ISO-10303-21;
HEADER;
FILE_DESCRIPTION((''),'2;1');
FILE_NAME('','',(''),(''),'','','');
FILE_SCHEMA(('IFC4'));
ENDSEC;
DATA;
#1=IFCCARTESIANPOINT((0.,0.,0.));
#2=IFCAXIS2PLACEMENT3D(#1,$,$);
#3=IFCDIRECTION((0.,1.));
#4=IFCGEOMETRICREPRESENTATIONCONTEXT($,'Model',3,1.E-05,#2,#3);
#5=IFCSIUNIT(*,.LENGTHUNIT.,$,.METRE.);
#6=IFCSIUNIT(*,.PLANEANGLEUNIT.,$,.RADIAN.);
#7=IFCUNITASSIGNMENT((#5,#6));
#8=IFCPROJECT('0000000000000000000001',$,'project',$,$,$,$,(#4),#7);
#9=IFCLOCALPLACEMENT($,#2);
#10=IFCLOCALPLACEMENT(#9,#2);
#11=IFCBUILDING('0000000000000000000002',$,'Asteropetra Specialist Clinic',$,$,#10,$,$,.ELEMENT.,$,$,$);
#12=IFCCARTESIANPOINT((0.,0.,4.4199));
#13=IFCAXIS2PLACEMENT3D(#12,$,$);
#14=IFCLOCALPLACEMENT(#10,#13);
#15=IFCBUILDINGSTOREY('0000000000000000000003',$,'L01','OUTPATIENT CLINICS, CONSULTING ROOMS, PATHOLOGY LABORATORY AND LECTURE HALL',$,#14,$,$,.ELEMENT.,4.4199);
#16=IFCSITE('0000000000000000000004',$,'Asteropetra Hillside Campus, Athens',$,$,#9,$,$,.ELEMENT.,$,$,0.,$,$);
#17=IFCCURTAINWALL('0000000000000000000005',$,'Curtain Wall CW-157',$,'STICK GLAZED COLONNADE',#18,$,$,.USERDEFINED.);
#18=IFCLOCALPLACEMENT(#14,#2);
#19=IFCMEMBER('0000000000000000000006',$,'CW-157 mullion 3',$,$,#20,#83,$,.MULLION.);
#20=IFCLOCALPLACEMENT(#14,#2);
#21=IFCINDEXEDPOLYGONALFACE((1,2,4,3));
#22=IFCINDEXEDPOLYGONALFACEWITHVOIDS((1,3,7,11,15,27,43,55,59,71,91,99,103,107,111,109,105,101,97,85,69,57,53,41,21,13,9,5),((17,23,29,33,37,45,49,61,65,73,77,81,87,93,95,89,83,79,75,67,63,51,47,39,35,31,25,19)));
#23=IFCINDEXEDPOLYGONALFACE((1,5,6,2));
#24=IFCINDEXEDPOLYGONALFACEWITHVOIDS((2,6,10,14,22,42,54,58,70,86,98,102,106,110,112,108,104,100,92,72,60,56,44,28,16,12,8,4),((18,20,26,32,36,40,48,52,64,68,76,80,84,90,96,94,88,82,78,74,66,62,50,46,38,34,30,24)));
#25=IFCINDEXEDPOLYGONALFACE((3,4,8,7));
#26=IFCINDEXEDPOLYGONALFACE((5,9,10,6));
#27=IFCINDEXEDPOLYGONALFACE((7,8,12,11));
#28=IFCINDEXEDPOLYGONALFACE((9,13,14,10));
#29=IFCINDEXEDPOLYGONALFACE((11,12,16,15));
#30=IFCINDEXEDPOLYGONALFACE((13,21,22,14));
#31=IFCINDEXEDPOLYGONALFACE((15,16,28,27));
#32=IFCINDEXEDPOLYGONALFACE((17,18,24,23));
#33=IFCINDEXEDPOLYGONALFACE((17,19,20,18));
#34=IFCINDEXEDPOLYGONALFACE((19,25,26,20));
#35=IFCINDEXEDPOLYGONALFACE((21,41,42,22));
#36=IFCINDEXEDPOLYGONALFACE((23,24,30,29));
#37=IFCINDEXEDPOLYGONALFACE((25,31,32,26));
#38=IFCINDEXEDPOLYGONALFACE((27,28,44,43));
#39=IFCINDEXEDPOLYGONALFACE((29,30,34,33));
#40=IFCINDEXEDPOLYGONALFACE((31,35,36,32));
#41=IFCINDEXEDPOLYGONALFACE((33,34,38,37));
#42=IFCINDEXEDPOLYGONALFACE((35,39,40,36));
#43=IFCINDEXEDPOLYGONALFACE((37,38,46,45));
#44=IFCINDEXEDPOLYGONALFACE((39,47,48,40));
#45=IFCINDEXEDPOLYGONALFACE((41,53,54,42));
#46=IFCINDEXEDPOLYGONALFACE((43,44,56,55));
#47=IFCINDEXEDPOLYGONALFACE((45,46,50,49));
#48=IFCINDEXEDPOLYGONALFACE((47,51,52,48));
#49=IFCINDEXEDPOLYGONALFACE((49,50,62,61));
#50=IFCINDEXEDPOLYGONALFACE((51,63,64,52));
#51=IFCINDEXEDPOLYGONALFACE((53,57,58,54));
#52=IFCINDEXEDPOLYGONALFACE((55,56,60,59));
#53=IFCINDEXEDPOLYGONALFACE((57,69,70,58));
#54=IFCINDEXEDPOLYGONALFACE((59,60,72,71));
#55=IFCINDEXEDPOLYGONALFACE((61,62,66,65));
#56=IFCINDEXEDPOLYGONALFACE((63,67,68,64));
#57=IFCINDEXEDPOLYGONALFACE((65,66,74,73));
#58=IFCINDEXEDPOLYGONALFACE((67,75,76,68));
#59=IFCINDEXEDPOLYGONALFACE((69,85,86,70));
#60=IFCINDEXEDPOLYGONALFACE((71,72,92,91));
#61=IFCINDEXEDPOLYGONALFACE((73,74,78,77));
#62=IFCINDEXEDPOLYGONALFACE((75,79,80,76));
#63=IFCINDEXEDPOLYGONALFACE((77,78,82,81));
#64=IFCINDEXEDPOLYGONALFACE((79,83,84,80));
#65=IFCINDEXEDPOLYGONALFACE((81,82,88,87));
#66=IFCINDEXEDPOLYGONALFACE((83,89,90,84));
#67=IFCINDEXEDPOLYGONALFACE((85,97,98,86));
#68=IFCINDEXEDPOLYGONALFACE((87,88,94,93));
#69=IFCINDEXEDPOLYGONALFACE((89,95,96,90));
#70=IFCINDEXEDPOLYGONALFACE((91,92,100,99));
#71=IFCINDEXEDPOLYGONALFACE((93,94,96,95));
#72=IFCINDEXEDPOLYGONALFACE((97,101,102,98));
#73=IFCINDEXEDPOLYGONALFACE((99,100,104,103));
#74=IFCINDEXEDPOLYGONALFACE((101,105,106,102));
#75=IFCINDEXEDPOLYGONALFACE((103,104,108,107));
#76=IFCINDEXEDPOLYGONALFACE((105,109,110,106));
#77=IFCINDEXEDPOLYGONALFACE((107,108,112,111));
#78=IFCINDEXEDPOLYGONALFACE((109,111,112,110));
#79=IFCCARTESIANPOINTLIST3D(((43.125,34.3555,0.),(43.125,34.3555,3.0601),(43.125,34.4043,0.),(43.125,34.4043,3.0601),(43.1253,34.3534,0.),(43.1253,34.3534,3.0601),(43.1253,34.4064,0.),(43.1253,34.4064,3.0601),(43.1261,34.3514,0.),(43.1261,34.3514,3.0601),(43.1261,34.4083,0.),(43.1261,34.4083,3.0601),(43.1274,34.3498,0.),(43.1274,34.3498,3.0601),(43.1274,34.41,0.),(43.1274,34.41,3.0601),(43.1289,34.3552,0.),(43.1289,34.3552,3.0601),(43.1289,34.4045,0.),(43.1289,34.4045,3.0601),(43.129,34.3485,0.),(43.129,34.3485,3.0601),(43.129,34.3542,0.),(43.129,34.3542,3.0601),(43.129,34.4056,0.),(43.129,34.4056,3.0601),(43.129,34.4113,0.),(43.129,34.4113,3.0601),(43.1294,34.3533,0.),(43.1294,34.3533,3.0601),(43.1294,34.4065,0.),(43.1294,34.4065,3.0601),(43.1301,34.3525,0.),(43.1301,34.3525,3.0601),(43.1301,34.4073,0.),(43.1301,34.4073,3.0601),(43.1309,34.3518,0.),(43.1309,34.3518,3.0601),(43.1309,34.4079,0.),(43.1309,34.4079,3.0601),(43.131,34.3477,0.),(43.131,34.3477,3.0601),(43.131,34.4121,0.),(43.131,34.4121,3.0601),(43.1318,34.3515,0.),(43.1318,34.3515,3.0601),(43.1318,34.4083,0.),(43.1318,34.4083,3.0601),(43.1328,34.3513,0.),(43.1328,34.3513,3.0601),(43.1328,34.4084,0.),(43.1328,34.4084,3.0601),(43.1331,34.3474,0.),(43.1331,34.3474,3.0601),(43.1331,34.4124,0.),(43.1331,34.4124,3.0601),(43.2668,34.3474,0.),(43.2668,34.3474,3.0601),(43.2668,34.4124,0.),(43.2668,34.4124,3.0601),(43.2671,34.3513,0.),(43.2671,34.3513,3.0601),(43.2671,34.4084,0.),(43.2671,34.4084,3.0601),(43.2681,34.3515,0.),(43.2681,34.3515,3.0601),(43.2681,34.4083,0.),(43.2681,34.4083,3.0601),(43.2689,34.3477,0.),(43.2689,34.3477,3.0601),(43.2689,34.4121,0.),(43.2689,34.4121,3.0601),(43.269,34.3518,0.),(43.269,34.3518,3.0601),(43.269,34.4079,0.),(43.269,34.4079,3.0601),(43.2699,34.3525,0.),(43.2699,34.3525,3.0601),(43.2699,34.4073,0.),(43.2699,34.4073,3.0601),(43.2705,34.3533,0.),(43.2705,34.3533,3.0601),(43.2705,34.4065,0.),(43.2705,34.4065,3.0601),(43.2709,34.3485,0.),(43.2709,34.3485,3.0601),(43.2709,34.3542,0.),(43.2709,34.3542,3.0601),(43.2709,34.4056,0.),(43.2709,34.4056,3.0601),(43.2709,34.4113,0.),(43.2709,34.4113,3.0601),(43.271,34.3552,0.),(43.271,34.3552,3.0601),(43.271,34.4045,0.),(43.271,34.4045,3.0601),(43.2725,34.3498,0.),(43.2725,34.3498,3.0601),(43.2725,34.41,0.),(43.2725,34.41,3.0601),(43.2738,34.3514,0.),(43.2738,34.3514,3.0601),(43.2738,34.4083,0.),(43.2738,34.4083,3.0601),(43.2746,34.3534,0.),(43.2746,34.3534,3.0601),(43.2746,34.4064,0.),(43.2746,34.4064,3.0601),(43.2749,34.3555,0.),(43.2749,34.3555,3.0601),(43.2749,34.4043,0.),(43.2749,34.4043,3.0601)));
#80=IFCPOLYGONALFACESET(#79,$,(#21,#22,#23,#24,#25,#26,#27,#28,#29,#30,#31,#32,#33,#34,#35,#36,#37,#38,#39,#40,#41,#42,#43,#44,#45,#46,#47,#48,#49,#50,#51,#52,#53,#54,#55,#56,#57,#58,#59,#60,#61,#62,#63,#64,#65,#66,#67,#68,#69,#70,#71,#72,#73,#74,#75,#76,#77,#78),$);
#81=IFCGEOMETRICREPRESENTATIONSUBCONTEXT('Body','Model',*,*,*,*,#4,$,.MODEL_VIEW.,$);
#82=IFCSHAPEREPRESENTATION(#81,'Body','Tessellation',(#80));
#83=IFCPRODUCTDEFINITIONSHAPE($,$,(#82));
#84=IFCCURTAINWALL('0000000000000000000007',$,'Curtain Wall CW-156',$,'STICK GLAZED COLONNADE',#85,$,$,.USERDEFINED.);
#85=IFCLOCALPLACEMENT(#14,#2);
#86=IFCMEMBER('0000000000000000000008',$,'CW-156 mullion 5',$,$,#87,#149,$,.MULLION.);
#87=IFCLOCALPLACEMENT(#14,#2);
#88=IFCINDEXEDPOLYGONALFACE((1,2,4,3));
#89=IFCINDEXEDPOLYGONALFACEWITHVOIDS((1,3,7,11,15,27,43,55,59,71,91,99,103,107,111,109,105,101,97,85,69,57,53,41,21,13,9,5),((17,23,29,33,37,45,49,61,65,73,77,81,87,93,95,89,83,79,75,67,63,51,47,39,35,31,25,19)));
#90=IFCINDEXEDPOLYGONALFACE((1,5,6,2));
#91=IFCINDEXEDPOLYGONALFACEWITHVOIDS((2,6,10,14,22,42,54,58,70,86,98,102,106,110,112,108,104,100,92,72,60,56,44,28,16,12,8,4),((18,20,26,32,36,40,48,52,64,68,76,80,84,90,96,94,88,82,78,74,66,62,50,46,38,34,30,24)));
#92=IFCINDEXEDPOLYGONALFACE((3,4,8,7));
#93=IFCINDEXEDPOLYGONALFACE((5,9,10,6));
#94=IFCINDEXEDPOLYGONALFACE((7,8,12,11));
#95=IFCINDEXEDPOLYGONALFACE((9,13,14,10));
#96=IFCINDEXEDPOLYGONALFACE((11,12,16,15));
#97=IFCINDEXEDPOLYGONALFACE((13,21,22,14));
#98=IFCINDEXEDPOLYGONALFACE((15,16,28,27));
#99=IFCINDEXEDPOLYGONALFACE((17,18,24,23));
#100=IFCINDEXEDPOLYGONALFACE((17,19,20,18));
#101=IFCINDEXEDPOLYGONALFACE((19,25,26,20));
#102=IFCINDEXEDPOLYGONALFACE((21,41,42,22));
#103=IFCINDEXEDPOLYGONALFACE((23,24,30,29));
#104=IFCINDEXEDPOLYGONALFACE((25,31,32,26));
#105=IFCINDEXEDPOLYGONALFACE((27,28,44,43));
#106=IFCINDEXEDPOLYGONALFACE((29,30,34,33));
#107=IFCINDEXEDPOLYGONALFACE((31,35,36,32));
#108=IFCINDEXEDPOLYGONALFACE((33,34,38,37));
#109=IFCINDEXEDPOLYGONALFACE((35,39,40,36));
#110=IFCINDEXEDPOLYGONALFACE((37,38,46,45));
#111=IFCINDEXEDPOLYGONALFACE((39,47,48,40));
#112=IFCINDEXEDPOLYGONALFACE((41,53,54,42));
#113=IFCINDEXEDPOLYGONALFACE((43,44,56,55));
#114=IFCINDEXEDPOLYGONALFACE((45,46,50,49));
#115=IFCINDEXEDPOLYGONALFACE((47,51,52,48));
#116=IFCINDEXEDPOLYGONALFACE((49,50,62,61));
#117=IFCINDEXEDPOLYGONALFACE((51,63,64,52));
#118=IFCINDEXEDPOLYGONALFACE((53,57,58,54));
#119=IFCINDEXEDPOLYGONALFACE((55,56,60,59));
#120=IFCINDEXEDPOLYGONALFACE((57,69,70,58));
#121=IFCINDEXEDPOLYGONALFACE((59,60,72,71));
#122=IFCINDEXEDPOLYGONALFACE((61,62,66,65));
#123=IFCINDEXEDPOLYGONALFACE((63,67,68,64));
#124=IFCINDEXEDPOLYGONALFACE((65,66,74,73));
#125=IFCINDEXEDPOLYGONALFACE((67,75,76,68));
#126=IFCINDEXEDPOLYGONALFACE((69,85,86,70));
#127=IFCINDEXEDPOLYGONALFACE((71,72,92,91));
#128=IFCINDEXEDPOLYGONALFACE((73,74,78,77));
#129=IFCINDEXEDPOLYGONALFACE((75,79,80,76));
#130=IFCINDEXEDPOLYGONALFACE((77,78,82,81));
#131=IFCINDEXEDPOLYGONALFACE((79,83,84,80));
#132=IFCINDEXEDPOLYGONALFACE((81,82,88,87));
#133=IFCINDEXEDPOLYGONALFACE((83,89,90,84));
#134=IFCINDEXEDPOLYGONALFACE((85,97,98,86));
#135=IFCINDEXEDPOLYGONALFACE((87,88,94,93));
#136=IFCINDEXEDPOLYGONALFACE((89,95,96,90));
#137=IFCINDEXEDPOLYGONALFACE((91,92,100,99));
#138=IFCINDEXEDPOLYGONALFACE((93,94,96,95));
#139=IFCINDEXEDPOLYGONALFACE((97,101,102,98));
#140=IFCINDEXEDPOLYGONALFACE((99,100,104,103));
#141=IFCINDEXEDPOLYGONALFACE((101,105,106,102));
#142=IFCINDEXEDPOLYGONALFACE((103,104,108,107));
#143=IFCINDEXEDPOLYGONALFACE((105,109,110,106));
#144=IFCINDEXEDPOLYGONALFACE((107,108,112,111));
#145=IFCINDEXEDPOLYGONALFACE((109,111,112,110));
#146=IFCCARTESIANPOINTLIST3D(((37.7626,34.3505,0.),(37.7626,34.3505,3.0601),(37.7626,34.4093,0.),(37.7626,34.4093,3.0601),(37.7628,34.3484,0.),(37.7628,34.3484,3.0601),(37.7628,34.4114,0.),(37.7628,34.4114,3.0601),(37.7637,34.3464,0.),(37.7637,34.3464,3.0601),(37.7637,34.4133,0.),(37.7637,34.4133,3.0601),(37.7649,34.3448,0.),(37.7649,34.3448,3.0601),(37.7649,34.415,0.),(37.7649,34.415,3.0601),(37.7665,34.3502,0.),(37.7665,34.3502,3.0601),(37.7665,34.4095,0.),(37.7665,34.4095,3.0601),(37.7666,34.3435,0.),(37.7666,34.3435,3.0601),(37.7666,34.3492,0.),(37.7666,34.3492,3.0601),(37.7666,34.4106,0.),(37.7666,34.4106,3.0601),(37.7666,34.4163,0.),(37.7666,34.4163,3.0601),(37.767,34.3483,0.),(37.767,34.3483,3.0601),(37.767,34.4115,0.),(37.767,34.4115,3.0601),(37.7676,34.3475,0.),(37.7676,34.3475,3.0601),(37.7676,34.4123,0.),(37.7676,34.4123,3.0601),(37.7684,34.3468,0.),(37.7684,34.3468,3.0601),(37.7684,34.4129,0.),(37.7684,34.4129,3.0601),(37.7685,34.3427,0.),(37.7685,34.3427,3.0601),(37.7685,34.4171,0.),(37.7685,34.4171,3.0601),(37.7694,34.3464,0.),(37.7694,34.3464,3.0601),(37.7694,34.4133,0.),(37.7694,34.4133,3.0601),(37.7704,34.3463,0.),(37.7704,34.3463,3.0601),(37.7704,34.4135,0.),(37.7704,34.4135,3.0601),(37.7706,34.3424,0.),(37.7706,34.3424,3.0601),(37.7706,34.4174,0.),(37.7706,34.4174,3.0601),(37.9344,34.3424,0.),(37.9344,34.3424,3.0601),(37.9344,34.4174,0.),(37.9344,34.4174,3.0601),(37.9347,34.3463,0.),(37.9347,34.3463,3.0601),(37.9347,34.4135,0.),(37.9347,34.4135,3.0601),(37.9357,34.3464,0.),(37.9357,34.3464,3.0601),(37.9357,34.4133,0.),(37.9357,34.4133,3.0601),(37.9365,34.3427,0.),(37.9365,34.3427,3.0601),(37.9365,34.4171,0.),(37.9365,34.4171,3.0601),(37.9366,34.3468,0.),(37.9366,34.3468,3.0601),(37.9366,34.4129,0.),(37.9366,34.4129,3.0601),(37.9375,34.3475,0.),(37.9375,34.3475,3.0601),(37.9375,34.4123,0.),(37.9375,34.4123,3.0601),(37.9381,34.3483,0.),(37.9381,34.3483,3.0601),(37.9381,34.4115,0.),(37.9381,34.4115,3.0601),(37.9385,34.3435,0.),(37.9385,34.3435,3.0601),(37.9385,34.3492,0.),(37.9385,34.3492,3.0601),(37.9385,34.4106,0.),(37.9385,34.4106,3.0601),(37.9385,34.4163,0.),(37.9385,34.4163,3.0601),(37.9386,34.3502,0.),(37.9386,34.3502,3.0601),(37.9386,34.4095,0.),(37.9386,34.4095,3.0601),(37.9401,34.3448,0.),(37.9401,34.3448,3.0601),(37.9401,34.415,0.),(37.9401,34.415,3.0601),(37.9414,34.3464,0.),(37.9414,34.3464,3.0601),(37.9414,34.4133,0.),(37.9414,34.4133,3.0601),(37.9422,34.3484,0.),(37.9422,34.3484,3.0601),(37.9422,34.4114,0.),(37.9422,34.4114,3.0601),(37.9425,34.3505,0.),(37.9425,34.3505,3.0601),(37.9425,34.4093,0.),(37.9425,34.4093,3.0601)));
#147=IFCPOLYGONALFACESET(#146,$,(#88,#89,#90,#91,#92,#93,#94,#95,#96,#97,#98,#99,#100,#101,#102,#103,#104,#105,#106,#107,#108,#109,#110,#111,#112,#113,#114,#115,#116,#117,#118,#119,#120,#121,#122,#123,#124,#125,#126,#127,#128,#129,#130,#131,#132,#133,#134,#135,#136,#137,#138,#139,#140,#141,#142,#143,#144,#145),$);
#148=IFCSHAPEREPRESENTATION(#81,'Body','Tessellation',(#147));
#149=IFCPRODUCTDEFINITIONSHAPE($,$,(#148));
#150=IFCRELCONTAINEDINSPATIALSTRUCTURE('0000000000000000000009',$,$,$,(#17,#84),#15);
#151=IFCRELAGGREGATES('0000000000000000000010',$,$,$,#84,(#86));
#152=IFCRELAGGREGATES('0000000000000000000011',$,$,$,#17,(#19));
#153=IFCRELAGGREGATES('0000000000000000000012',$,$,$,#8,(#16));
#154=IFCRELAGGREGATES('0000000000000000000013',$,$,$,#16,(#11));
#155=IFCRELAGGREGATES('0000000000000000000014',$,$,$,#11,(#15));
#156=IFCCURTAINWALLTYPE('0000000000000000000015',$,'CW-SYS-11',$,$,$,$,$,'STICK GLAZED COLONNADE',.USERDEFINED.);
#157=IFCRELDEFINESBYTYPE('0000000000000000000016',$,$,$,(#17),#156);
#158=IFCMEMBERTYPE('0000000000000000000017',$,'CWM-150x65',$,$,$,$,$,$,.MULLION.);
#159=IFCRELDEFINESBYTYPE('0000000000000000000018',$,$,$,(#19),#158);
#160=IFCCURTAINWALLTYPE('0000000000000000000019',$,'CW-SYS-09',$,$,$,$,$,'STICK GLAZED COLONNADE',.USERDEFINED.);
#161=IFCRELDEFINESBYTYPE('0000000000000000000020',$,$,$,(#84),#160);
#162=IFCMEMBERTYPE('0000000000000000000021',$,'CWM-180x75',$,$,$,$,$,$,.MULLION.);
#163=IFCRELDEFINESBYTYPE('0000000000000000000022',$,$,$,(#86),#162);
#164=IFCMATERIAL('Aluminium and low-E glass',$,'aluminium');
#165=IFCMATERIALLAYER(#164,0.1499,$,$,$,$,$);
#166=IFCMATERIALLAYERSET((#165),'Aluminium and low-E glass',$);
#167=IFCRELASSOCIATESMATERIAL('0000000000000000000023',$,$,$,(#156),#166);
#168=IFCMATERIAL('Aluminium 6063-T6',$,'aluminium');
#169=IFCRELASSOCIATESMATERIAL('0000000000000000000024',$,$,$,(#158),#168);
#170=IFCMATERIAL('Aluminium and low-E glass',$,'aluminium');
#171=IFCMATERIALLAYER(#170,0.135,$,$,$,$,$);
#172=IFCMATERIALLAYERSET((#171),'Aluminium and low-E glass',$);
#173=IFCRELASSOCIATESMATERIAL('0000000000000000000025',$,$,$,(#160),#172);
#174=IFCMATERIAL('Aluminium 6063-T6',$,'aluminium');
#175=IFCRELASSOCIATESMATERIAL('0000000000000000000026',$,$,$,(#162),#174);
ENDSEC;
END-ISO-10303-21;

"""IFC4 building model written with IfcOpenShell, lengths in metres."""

from ifc_helpers import new_model, si_unit, direction, frame, origin, origin_2d, place, context, subcontext, project, spatial, hollow_rectangle, extrude, material, layer, layer_set, material_profile, profile_set, type_object, element, aggregate, save


model = new_model("IFC4")

# Units and contexts
model_context = context("Model", 3, precision=1e-05, world=origin(), true_north=direction((0.0, 1.0)))
body_context = subcontext(model_context, "Body", "Model", "MODEL_VIEW")
ifc_project = project(units=[si_unit("LENGTHUNIT", "METRE"), si_unit("PLANEANGLEUNIT", "RADIAN")], contexts=[model_context])

# Site, building, storey
site_placement = place(None, origin())
site = spatial("IfcSite", under=ifc_project, at=site_placement, Name="Asteropetra Hillside Campus, Athens", CompositionType="ELEMENT", RefElevation=0.0)
building_placement = place(site_placement, origin())
building = spatial("IfcBuilding", under=site, at=building_placement, Name="Asteropetra Specialist Clinic", CompositionType="ELEMENT")
storey_placement = place(building_placement, frame((0.0, 0.0, 4.4199)))
storey = spatial("IfcBuildingStorey", under=building, at=storey_placement, Name="L01", Description="OUTPATIENT CLINICS, CONSULTING ROOMS, PATHOLOGY LABORATORY AND LECTURE HALL", CompositionType="ELEMENT", Elevation=4.4199)

# Curtain wall, member
ifc_material_1 = material(Name="Aluminium and low-E glass", Category="aluminium")
ifc_layer_1 = layer(ifc_material_1, 0.1499)
ifc_layer_set_1 = layer_set([ifc_layer_1], Name="Aluminium and low-E glass")
curtain_wall_type_1 = type_object("IfcCurtainWallType", Name="CW-SYS-11", ElementType="STICK GLAZED COLONNADE", PredefinedType="USERDEFINED", material=ifc_layer_set_1)
curtain_wall_1_placement = place(storey_placement, origin())
curtain_wall_1 = element("IfcCurtainWall", 1, at=curtain_wall_1_placement, inside=storey, type_object=curtain_wall_type_1, Name="Curtain Wall CW-157", ObjectType="STICK GLAZED COLONNADE", PredefinedType="USERDEFINED")
ifc_material_2 = material(Name="Aluminium 6063-T6", Category="aluminium")
ifc_material_profile_1 = material_profile(ifc_material_2, hollow_rectangle(XDim=0.0649, YDim=0.1499, WallThickness=0.0039, InnerFilletRadius=0.0039, OuterFilletRadius=0.0081, at=origin_2d()), Name="MUL 150x65x4.0")
ifc_profile_set_1 = profile_set([ifc_material_profile_1], Name="Aluminium 6063-T6")
member_type_1 = type_object("IfcMemberType", Name="CWM-150x65", PredefinedType="MULLION", material=ifc_profile_set_1)
member_1_placement = place(storey_placement, frame((43.2, 34.3799, 0.0), z_axis=(0.0, 0.0, 1.0), x_axis=(0.0, 1.0, 0.0)))
member_1 = element("IfcMember", 2, at=member_1_placement, type_object=member_type_1, Name="CW-157 mullion 3", PredefinedType="MULLION", context=body_context, shape_type="SweptSolid", body=[
    extrude(hollow_rectangle(XDim=0.0649, YDim=0.1499, WallThickness=0.0039, InnerFilletRadius=0.0039, OuterFilletRadius=0.0081, at=origin_2d()), origin(), (0.0, 0.0, 1.0), 3.0601),
])

# Curtain wall, member
ifc_material_3 = material(Name="Aluminium and low-E glass", Category="aluminium")
ifc_layer_2 = layer(ifc_material_3, 0.135)
ifc_layer_set_2 = layer_set([ifc_layer_2], Name="Aluminium and low-E glass")
curtain_wall_type_2 = type_object("IfcCurtainWallType", Name="CW-SYS-09", ElementType="STICK GLAZED COLONNADE", PredefinedType="USERDEFINED", material=ifc_layer_set_2)
curtain_wall_2_placement = place(storey_placement, origin())
curtain_wall_2 = element("IfcCurtainWall", 3, at=curtain_wall_2_placement, inside=storey, type_object=curtain_wall_type_2, Name="Curtain Wall CW-156", ObjectType="STICK GLAZED COLONNADE", PredefinedType="USERDEFINED")
ifc_material_4 = material(Name="Aluminium 6063-T6", Category="aluminium")
ifc_material_profile_2 = material_profile(ifc_material_4, hollow_rectangle(XDim=0.075, YDim=0.1799, WallThickness=0.0039, InnerFilletRadius=0.0039, OuterFilletRadius=0.0081, at=origin_2d()), Name="MUL 180x75x4.0")
ifc_profile_set_2 = profile_set([ifc_material_profile_2], Name="Aluminium 6063-T6")
member_type_2 = type_object("IfcMemberType", Name="CWM-180x75", PredefinedType="MULLION", material=ifc_profile_set_2)
member_2_placement = place(storey_placement, frame((37.8525, 34.3799, 0.0), z_axis=(0.0, 0.0, 1.0), x_axis=(0.0, 1.0, 0.0)))
member_2 = element("IfcMember", 4, at=member_2_placement, type_object=member_type_2, Name="CW-156 mullion 5", PredefinedType="MULLION", context=body_context, shape_type="SweptSolid", body=[
    extrude(hollow_rectangle(XDim=0.075, YDim=0.1799, WallThickness=0.0039, InnerFilletRadius=0.0039, OuterFilletRadius=0.0081, at=origin_2d()), origin(), (0.0, 0.0, 1.0), 3.0601),
])

aggregate(curtain_wall_2, [member_2])
aggregate(curtain_wall_1, [member_1])

save(model, "model.ifc")
